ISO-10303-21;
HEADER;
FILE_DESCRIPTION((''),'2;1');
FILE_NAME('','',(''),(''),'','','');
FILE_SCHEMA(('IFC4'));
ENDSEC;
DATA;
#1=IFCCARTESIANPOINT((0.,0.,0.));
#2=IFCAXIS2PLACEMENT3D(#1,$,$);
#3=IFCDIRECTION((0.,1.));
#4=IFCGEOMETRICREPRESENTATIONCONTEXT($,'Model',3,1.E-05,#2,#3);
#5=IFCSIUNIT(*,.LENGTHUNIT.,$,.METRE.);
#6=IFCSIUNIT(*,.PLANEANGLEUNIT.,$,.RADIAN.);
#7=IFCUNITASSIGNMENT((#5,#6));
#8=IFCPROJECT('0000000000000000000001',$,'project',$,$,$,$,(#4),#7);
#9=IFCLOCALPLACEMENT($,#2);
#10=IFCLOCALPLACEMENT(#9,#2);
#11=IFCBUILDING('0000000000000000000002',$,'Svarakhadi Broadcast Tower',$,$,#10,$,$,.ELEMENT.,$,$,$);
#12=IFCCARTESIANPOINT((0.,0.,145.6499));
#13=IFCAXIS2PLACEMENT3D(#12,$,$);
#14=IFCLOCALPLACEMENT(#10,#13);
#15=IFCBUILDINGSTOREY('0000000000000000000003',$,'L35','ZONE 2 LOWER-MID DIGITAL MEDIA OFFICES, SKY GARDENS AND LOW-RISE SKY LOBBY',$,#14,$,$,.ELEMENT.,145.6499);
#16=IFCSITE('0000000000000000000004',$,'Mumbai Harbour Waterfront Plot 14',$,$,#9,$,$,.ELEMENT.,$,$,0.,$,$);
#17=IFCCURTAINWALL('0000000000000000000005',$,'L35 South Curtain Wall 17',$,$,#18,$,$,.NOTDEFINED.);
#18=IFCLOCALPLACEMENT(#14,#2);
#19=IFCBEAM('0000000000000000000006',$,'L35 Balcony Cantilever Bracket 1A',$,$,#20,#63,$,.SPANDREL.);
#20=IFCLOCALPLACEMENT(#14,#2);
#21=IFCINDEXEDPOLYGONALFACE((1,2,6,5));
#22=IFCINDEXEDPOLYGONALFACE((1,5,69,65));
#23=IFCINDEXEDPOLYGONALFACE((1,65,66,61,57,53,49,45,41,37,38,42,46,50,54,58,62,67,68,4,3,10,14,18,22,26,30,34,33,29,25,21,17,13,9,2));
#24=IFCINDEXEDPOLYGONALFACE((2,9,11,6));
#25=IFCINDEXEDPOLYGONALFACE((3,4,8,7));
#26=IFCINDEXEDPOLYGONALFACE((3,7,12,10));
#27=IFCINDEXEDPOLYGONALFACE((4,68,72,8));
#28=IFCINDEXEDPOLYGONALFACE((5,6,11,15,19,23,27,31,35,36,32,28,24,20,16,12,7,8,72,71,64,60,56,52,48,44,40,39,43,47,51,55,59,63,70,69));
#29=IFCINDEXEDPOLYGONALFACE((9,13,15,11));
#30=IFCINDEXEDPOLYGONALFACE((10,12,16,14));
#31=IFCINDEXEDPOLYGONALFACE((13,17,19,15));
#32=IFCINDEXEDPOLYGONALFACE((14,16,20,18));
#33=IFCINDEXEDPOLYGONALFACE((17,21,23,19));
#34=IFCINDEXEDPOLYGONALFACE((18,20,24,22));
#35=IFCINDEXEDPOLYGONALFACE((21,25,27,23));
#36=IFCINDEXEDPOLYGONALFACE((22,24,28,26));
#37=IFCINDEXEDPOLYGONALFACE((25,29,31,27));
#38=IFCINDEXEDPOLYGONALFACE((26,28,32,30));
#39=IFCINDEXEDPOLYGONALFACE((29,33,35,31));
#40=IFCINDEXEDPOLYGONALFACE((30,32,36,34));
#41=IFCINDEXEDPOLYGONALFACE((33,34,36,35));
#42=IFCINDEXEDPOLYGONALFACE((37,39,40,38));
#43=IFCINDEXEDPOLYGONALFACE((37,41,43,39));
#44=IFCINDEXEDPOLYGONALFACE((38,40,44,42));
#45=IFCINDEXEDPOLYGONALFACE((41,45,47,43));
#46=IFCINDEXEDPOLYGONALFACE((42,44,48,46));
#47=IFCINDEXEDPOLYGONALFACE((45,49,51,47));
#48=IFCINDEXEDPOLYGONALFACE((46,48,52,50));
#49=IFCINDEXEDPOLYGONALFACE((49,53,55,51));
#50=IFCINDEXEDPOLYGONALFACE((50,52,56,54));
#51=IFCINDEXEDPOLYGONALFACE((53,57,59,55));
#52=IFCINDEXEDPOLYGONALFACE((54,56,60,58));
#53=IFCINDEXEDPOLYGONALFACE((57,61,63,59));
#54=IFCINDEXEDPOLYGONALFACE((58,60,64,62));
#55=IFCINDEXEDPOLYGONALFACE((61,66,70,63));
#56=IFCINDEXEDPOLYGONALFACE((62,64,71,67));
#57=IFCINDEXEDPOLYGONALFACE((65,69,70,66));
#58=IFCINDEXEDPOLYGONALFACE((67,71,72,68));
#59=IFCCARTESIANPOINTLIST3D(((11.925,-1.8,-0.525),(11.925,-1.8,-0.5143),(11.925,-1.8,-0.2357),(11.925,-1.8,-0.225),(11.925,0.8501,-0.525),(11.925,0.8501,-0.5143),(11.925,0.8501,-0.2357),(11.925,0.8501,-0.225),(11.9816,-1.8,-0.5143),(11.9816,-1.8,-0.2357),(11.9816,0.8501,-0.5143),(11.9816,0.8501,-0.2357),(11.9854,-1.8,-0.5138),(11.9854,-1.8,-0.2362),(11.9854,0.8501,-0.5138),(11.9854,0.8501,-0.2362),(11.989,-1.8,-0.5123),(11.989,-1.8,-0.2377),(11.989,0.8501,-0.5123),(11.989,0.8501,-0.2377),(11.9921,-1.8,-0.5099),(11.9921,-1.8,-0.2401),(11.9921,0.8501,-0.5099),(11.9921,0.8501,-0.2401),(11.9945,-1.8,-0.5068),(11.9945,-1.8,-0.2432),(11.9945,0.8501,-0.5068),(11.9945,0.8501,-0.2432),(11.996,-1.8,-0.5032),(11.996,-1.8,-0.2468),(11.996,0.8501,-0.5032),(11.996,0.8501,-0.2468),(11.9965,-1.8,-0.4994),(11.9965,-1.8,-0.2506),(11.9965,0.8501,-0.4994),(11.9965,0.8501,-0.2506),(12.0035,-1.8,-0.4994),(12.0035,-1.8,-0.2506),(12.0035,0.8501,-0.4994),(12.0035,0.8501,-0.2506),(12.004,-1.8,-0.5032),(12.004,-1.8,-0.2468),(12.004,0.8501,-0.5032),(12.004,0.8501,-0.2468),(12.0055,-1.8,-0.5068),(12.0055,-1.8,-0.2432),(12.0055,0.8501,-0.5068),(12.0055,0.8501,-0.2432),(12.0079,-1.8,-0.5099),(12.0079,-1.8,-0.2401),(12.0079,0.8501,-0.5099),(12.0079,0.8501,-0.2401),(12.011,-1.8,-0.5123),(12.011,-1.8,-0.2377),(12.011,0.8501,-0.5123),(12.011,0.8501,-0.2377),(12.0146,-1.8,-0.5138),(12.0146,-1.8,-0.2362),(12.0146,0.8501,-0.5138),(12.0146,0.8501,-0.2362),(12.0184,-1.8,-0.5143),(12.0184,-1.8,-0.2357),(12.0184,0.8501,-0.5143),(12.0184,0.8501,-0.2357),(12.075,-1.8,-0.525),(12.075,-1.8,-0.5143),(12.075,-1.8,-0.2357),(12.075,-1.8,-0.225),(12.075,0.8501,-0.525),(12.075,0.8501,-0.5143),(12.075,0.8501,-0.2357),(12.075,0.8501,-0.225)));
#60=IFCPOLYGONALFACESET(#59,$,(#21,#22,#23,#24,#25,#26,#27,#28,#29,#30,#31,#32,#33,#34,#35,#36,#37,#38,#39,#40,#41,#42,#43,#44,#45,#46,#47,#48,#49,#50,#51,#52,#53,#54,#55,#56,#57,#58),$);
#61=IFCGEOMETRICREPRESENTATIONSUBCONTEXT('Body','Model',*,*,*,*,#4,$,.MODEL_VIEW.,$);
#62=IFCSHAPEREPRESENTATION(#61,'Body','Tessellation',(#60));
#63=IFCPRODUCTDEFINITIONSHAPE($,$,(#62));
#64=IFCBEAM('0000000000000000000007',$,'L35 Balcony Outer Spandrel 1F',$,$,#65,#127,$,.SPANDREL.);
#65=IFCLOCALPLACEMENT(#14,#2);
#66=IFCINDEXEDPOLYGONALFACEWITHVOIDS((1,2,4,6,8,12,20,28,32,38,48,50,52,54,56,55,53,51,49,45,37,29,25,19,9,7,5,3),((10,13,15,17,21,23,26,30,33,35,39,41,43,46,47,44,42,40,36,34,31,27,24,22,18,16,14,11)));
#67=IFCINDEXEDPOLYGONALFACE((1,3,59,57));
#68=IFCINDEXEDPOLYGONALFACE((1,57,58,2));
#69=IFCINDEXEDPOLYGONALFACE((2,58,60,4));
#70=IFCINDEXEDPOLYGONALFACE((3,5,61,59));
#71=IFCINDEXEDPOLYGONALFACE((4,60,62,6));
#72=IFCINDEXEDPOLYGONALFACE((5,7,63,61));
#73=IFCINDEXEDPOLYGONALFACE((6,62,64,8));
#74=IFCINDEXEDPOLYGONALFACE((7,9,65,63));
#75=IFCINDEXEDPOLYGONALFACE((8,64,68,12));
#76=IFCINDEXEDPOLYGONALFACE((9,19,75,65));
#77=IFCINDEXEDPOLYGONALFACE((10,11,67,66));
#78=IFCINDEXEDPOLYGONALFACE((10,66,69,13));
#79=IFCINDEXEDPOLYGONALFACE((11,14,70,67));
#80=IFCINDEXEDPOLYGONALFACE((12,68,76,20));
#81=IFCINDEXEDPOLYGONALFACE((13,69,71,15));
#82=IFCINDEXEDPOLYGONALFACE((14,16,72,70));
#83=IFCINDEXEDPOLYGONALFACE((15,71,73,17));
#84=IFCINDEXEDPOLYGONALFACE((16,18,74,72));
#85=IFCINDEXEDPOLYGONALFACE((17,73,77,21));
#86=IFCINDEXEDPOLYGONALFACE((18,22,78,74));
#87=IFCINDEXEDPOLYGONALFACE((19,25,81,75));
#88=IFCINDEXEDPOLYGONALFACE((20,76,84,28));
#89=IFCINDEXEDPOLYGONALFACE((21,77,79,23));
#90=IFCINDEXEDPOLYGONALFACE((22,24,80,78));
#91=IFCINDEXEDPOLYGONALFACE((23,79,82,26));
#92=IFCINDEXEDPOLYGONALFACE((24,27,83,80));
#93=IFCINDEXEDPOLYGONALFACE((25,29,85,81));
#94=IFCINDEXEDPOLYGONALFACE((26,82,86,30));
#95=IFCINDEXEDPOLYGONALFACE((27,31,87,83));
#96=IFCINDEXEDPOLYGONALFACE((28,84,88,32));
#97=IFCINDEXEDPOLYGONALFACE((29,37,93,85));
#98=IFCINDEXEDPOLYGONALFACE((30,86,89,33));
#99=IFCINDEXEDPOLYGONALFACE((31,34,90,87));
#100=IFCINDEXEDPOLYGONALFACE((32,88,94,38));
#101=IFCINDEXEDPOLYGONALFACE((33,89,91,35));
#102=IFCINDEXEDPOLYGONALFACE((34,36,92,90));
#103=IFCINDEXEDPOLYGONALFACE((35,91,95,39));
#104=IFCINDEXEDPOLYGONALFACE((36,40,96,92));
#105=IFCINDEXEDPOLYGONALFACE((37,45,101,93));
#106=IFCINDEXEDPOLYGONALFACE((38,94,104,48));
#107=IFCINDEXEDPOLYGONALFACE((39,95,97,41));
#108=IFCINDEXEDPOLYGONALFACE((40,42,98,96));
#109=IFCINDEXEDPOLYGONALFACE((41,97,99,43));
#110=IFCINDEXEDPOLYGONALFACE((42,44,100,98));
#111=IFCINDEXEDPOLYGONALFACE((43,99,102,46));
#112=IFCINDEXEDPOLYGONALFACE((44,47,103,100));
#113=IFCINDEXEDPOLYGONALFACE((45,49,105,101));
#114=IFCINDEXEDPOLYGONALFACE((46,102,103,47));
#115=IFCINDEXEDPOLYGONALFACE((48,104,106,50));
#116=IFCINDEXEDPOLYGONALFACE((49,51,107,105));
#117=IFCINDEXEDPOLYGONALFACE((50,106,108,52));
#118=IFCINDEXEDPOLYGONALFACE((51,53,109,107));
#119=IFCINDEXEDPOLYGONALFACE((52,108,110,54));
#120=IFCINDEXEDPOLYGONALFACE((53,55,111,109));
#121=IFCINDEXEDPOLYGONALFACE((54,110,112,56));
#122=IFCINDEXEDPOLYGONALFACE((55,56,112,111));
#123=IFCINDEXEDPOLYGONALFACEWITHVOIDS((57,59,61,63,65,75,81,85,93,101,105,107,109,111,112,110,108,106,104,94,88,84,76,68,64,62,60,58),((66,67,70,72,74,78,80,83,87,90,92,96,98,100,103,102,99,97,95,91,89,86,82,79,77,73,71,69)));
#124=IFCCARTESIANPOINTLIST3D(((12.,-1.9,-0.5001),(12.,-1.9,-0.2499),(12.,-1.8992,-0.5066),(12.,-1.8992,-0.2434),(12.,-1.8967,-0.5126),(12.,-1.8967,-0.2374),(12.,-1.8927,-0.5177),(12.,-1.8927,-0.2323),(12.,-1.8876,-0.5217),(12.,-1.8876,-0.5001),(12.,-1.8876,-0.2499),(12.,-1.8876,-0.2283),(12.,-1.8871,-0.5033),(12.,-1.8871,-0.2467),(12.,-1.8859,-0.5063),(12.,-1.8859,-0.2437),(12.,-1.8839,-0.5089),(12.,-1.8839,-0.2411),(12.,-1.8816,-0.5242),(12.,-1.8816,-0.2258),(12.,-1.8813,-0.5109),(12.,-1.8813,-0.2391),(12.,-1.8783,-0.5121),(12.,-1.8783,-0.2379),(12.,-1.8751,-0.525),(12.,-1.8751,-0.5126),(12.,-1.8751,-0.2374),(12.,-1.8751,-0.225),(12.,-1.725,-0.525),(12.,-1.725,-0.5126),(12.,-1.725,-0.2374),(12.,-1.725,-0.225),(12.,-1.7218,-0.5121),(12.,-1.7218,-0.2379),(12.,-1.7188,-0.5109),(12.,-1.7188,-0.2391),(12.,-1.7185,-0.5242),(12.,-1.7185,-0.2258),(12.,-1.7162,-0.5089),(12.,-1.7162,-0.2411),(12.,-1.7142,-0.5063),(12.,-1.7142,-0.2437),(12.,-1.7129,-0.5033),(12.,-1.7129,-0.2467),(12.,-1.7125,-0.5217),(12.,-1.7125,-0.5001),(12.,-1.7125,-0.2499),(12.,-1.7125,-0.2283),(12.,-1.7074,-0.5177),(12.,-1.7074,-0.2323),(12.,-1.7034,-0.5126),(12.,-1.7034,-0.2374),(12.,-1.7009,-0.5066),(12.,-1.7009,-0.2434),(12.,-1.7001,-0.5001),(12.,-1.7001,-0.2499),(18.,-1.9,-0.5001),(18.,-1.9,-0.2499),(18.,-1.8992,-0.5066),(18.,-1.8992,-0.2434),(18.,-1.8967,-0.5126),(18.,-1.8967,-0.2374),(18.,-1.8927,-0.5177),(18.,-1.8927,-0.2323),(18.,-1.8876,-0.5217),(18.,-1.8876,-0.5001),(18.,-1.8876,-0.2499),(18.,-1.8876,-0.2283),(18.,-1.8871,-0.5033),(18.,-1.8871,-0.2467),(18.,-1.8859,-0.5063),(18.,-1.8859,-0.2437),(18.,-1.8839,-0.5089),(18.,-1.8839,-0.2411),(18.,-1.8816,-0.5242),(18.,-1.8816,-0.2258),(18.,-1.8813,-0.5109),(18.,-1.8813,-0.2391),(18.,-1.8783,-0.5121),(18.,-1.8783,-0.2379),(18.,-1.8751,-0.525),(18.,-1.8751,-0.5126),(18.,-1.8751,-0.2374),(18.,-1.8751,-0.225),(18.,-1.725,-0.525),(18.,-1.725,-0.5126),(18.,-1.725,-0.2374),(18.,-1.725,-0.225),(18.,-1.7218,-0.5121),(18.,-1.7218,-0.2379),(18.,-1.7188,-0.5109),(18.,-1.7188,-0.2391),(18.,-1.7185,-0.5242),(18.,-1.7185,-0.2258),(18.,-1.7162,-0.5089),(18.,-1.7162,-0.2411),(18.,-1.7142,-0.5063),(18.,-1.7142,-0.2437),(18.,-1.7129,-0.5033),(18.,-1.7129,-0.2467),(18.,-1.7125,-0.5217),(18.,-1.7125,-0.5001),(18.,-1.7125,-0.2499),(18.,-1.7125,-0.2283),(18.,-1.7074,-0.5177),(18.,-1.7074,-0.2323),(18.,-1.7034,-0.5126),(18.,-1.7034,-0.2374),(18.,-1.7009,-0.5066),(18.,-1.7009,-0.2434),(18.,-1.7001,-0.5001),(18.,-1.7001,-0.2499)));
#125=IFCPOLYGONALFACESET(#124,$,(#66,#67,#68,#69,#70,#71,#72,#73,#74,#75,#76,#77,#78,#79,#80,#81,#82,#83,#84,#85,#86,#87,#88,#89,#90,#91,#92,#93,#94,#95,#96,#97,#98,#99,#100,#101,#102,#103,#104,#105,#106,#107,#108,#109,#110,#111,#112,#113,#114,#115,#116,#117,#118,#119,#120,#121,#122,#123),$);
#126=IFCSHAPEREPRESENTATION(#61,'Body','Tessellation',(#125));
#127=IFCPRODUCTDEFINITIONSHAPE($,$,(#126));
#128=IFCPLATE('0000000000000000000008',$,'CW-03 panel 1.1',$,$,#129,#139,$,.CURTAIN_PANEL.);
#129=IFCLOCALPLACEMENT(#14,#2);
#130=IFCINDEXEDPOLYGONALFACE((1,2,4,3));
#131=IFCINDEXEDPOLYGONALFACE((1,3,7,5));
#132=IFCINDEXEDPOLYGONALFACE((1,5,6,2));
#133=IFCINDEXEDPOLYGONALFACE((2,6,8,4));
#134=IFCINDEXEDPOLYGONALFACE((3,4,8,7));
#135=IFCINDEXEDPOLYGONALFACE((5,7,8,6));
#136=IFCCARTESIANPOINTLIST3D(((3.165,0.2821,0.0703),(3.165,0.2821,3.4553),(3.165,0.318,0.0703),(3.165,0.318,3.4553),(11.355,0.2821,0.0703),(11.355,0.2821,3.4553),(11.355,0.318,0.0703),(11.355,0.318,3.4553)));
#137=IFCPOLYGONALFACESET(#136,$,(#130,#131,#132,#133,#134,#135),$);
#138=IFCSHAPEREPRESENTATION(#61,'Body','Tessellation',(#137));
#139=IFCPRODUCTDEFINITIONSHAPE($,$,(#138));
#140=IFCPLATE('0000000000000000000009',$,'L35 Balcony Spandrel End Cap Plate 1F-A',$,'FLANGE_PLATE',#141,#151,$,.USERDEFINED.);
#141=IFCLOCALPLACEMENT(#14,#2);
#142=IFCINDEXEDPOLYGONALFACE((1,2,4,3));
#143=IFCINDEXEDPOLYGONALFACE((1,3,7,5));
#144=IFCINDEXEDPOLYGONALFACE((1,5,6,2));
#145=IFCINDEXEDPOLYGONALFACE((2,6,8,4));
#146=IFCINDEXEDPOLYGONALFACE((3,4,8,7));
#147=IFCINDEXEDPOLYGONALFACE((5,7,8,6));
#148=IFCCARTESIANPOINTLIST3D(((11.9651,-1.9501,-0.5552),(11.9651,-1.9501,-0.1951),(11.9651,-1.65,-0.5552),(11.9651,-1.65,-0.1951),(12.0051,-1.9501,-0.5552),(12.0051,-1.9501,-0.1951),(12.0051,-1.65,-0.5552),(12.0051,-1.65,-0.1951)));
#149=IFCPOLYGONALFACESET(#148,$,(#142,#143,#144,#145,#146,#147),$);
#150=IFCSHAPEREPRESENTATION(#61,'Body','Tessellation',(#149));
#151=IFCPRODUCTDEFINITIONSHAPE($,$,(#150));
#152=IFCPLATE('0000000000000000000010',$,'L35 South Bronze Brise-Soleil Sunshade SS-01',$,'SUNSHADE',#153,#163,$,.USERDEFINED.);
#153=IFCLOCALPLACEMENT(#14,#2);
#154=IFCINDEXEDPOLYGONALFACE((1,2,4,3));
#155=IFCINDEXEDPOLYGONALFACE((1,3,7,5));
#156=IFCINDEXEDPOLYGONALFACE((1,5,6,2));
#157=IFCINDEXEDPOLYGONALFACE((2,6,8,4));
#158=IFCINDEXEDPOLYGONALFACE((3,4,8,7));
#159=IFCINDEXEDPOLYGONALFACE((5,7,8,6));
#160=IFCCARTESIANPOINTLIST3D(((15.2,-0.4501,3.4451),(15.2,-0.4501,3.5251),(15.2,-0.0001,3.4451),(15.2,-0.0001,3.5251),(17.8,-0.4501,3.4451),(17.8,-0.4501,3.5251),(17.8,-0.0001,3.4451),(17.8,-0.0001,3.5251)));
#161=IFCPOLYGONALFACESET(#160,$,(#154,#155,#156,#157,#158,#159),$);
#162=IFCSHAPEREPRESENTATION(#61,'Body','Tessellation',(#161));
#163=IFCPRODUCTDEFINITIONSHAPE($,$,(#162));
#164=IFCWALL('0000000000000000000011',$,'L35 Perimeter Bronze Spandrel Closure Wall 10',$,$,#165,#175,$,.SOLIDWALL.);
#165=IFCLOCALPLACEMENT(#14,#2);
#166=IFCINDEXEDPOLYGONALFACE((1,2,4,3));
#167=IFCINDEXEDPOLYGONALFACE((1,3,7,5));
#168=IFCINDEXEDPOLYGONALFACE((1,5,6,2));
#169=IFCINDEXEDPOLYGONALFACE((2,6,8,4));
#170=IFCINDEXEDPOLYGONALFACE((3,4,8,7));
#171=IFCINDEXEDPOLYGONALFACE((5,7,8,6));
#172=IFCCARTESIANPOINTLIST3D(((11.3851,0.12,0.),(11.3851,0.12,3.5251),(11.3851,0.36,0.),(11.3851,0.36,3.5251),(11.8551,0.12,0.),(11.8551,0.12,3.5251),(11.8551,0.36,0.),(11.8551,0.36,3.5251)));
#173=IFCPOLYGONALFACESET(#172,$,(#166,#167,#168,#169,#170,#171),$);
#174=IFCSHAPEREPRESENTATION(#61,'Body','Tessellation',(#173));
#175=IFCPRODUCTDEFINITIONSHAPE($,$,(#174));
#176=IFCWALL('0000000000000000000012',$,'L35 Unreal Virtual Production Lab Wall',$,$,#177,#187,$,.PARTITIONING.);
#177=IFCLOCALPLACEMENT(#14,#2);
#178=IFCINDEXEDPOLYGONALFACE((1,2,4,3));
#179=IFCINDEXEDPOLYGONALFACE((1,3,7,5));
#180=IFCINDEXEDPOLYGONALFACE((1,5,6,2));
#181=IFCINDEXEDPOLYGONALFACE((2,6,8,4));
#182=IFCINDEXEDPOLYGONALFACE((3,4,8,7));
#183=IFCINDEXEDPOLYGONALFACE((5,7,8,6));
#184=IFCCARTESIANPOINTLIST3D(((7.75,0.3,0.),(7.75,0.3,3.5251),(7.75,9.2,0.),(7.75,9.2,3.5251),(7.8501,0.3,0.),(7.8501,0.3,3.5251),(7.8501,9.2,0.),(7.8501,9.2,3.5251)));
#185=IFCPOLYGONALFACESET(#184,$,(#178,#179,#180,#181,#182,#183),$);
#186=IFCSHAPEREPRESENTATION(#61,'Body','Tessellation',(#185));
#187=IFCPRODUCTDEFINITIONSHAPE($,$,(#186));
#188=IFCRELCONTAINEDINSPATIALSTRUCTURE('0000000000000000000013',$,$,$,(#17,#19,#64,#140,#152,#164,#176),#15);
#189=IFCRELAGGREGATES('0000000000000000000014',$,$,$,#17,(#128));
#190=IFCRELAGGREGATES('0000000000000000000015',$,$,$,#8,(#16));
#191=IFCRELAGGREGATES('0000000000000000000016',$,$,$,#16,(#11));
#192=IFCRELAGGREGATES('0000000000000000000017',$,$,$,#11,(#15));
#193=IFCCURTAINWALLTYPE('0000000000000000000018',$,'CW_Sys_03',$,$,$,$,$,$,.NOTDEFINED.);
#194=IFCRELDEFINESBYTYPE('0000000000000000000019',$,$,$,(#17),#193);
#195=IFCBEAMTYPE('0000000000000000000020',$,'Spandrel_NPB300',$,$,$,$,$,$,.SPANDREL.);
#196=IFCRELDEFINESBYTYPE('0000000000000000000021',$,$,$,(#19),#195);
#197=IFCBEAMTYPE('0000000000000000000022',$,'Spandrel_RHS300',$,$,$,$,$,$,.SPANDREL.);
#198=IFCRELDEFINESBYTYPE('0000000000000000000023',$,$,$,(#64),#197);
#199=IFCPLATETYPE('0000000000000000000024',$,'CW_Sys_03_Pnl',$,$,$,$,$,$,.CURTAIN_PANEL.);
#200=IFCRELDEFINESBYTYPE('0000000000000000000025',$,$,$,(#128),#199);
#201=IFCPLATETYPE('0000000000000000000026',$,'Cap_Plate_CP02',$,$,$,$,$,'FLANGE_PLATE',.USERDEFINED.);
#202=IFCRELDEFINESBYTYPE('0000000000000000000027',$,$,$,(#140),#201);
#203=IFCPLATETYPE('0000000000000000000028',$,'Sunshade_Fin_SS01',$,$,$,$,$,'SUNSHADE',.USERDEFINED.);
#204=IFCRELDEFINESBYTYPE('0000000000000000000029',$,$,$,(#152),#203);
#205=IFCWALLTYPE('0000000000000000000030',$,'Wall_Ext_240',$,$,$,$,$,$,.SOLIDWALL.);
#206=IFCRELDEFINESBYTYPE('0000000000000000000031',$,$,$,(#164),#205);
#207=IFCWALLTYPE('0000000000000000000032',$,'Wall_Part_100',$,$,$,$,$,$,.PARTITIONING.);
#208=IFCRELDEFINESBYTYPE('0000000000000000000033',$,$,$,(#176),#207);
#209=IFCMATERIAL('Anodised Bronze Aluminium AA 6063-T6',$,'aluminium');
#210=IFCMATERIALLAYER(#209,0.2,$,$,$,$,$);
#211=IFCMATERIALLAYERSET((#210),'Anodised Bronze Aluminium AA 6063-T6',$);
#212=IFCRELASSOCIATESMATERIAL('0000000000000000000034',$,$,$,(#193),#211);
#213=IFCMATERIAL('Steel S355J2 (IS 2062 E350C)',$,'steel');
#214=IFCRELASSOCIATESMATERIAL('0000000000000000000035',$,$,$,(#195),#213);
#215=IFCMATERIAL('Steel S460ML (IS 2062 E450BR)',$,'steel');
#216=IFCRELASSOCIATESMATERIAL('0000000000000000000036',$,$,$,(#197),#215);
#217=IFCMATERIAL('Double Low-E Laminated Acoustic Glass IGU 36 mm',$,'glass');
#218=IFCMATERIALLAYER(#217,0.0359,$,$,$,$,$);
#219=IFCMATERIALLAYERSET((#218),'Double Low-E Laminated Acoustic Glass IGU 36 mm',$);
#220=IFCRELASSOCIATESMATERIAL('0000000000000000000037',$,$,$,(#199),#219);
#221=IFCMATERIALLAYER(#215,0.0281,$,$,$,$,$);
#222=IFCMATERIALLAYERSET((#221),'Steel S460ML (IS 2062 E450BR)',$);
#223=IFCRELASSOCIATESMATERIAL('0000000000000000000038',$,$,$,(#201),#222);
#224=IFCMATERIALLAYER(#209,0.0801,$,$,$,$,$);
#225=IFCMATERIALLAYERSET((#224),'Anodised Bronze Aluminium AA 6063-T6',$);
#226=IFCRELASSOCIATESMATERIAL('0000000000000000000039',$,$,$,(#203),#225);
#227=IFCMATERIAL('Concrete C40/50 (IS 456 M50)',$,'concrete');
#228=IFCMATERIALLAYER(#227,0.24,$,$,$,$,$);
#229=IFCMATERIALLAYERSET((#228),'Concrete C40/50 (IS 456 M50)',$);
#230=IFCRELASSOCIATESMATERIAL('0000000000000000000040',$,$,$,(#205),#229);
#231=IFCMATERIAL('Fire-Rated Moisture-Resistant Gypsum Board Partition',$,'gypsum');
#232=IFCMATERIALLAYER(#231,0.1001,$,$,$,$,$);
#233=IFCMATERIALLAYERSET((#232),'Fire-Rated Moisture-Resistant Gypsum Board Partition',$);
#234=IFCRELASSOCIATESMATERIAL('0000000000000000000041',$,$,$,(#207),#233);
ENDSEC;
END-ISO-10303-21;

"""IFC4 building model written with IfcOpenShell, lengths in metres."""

from ifc_helpers import new_model, si_unit, direction, frame, frame_2d, origin, origin_2d, place, context, subcontext, project, spatial, rectangle, hollow_rectangle, i_section, extrude, material, layer, layer_set, material_profile, profile_set, type_object, element, aggregate, save


model = new_model("IFC4")

# Units and contexts
model_context = context("Model", 3, precision=1e-05, world=origin(), true_north=direction((0.0, 1.0)))
body_context = subcontext(model_context, "Body", "Model", "MODEL_VIEW")
ifc_project = project(units=[si_unit("LENGTHUNIT", "METRE"), si_unit("PLANEANGLEUNIT", "RADIAN")], contexts=[model_context])

# Site, building, storey
site_placement = place(None, origin())
site = spatial("IfcSite", under=ifc_project, at=site_placement, Name="Mumbai Harbour Waterfront Plot 14", CompositionType="ELEMENT", RefElevation=0.0)
building_placement = place(site_placement, origin())
building = spatial("IfcBuilding", under=site, at=building_placement, Name="Svarakhadi Broadcast Tower", CompositionType="ELEMENT")
storey_placement = place(building_placement, frame((0.0, 0.0, 145.6499)))
storey = spatial("IfcBuildingStorey", under=building, at=storey_placement, Name="L35", Description="ZONE 2 LOWER-MID DIGITAL MEDIA OFFICES, SKY GARDENS AND LOW-RISE SKY LOBBY", CompositionType="ELEMENT", Elevation=145.6499)

# Shared definitions
ifc_material_1 = material(Name="Steel S460ML (IS 2062 E450BR)", Category="steel")

# Shared definitions
ifc_material_2 = material(Name="Steel S355J2 (IS 2062 E350C)", Category="steel")

# Curtain wall
ifc_material_3 = material(Name="Anodised Bronze Aluminium AA 6063-T6", Category="aluminium")
ifc_layer_1 = layer(ifc_material_3, 0.2)
ifc_layer_set_1 = layer_set([ifc_layer_1], Name="Anodised Bronze Aluminium AA 6063-T6")
curtain_wall_type = type_object("IfcCurtainWallType", Name="CW_Sys_03", PredefinedType="NOTDEFINED", material=ifc_layer_set_1)
curtain_wall_placement = place(storey_placement, origin())
curtain_wall = element("IfcCurtainWall", 1, at=curtain_wall_placement, inside=storey, type_object=curtain_wall_type, Name="L35 South Curtain Wall 17", PredefinedType="NOTDEFINED")

# Beams
ifc_material_profile_1 = material_profile(ifc_material_2, i_section(OverallWidth=0.1499, OverallDepth=0.3, WebThickness=0.0071, FlangeThickness=0.0107, FilletRadius=0.0149, at=origin_2d()), Name="NPB 300x150x37")
ifc_profile_set_1 = profile_set([ifc_material_profile_1], Name="Steel S355J2 (IS 2062 E350C)")
beam_type_1 = type_object("IfcBeamType", Name="Spandrel_NPB300", PredefinedType="SPANDREL", material=ifc_profile_set_1)
beam_1_placement = place(storey_placement, frame((12.0, 0.8501, -0.375), z_axis=(0.0, -1.0, 0.0), x_axis=(1.0, 0.0, 0.0)))
element("IfcBeam", 2, at=beam_1_placement, inside=storey, type_object=beam_type_1, Name="L35 Balcony Cantilever Bracket 1A", PredefinedType="SPANDREL", context=body_context, shape_type="SweptSolid", body=[
    extrude(i_section(OverallWidth=0.1499, OverallDepth=0.3, WebThickness=0.0071, FlangeThickness=0.0107, FilletRadius=0.0149, at=origin_2d()), origin(), (0.0, 0.0, 1.0), 2.6501),
])
ifc_material_profile_2 = material_profile(ifc_material_1, hollow_rectangle(XDim=0.2, YDim=0.3, WallThickness=0.0125, InnerFilletRadius=0.0125, OuterFilletRadius=0.0249, at=origin_2d()), Name="RHS 300x200x12.5")
ifc_profile_set_2 = profile_set([ifc_material_profile_2], Name="Steel S460ML (IS 2062 E450BR)")
beam_type_2 = type_object("IfcBeamType", Name="Spandrel_RHS300", PredefinedType="SPANDREL", material=ifc_profile_set_2)
beam_2_placement = place(storey_placement, frame((12.0, -1.8, -0.375), z_axis=(1.0, 0.0, 0.0), x_axis=(0.0, 1.0, 0.0)))
element("IfcBeam", 3, at=beam_2_placement, inside=storey, type_object=beam_type_2, Name="L35 Balcony Outer Spandrel 1F", PredefinedType="SPANDREL", context=body_context, shape_type="SweptSolid", body=[
    extrude(hollow_rectangle(XDim=0.2, YDim=0.3, WallThickness=0.0125, InnerFilletRadius=0.0125, OuterFilletRadius=0.0249, at=origin_2d()), origin(), (0.0, 0.0, 1.0), 6.0),
])

# Plate
ifc_material_4 = material(Name="Double Low-E Laminated Acoustic Glass IGU 36 mm", Category="glass")
ifc_layer_2 = layer(ifc_material_4, 0.0359)
ifc_layer_set_2 = layer_set([ifc_layer_2], Name="Double Low-E Laminated Acoustic Glass IGU 36 mm")
plate_type_1 = type_object("IfcPlateType", Name="CW_Sys_03_Pnl", PredefinedType="CURTAIN_PANEL", material=ifc_layer_set_2)
plate_1_placement = place(storey_placement, frame((7.26, 0.3, 0.0703), z_axis=(0.0, 0.0, 1.0), x_axis=(-1.0, 0.0, 0.0)))
plate_1 = element("IfcPlate", 4, at=plate_1_placement, type_object=plate_type_1, Name="CW-03 panel 1.1", PredefinedType="CURTAIN_PANEL", context=body_context, shape_type="SweptSolid", body=[
    extrude(rectangle(XDim=8.1899, YDim=0.0359, at=origin_2d()), origin(), (0.0, 0.0, 1.0), 3.385),
])
aggregate(curtain_wall, [plate_1])

# Plates
ifc_layer_3 = layer(ifc_material_1, 0.0281)
ifc_layer_set_3 = layer_set([ifc_layer_3], Name="Steel S460ML (IS 2062 E450BR)")
plate_type_2 = type_object("IfcPlateType", Name="Cap_Plate_CP02", ElementType="FLANGE_PLATE", PredefinedType="USERDEFINED", material=ifc_layer_set_3)
plate_2_placement = place(storey_placement, frame((11.9851, -1.8, -0.5552), z_axis=(0.0, 0.0, 1.0), x_axis=(1.0, 0.0, 0.0)))
element("IfcPlate", 5, at=plate_2_placement, inside=storey, type_object=plate_type_2, Name="L35 Balcony Spandrel End Cap Plate 1F-A", ObjectType="FLANGE_PLATE", PredefinedType="USERDEFINED", context=body_context, shape_type="SweptSolid", body=[
    extrude(rectangle(XDim=0.04, YDim=0.3, at=origin_2d()), origin(), (0.0, 0.0, 1.0), 0.3601),
])
ifc_layer_4 = layer(ifc_material_3, 0.0801)
ifc_layer_set_4 = layer_set([ifc_layer_4], Name="Anodised Bronze Aluminium AA 6063-T6")
plate_type_3 = type_object("IfcPlateType", Name="Sunshade_Fin_SS01", ElementType="SUNSHADE", PredefinedType="USERDEFINED", material=ifc_layer_set_4)
plate_3_placement = place(storey_placement, frame((16.5, -0.2251, 3.4451), z_axis=(0.0, 0.0, 1.0), x_axis=(1.0, 0.0, 0.0)))
element("IfcPlate", 6, at=plate_3_placement, inside=storey, type_object=plate_type_3, Name="L35 South Bronze Brise-Soleil Sunshade SS-01", ObjectType="SUNSHADE", PredefinedType="USERDEFINED", context=body_context, shape_type="SweptSolid", body=[
    extrude(rectangle(XDim=2.6001, YDim=0.45, at=origin_2d()), origin(), (0.0, 0.0, 1.0), 0.0801),
])

# Walls
ifc_material_5 = material(Name="Concrete C40/50 (IS 456 M50)", Category="concrete")
ifc_layer_5 = layer(ifc_material_5, 0.24)
ifc_layer_set_5 = layer_set([ifc_layer_5], Name="Concrete C40/50 (IS 456 M50)")
wall_type_1 = type_object("IfcWallType", Name="Wall_Ext_240", PredefinedType="SOLIDWALL", material=ifc_layer_set_5)
wall_placement = place(storey_placement, frame((11.855, 0.24, 0.0), z_axis=(0.0, 0.0, 1.0), x_axis=(-1.0, 0.0, 0.0)))
element("IfcWall", 7, at=wall_placement, inside=storey, type_object=wall_type_1, Name="L35 Perimeter Bronze Spandrel Closure Wall 10", PredefinedType="SOLIDWALL", context=body_context, shape_type="SweptSolid", body=[
    extrude(rectangle(XDim=0.47, YDim=0.24, at=frame_2d((0.2349, 0.0))), origin(), (0.0, 0.0, 1.0), 3.5251),
])
ifc_material_6 = material(Name="Fire-Rated Moisture-Resistant Gypsum Board Partition", Category="gypsum")
ifc_layer_6 = layer(ifc_material_6, 0.1001)
ifc_layer_set_6 = layer_set([ifc_layer_6], Name="Fire-Rated Moisture-Resistant Gypsum Board Partition")
wall_type_2 = type_object("IfcWallType", Name="Wall_Part_100", PredefinedType="PARTITIONING", material=ifc_layer_set_6)
for number, where, z_axis, x_axis, name in (
    (8, (7.8, 0.3, 0.0), (0.0, 0.0, 1.0), (0.0, 1.0, 0.0), "L35 Unreal Virtual Production Lab Wall"),
):
    element("IfcWall", number, at=place(storey_placement, frame(where, z_axis=z_axis, x_axis=x_axis)), inside=storey, type_object=wall_type_2, Name=name, PredefinedType="PARTITIONING", context=body_context, shape_type="SweptSolid", body=[
        extrude(rectangle(XDim=8.8999, YDim=0.1001, at=frame_2d((4.45, 0.0))), origin(), (0.0, 0.0, 1.0), 3.5251),
    ])

save(model, "model.ifc")
